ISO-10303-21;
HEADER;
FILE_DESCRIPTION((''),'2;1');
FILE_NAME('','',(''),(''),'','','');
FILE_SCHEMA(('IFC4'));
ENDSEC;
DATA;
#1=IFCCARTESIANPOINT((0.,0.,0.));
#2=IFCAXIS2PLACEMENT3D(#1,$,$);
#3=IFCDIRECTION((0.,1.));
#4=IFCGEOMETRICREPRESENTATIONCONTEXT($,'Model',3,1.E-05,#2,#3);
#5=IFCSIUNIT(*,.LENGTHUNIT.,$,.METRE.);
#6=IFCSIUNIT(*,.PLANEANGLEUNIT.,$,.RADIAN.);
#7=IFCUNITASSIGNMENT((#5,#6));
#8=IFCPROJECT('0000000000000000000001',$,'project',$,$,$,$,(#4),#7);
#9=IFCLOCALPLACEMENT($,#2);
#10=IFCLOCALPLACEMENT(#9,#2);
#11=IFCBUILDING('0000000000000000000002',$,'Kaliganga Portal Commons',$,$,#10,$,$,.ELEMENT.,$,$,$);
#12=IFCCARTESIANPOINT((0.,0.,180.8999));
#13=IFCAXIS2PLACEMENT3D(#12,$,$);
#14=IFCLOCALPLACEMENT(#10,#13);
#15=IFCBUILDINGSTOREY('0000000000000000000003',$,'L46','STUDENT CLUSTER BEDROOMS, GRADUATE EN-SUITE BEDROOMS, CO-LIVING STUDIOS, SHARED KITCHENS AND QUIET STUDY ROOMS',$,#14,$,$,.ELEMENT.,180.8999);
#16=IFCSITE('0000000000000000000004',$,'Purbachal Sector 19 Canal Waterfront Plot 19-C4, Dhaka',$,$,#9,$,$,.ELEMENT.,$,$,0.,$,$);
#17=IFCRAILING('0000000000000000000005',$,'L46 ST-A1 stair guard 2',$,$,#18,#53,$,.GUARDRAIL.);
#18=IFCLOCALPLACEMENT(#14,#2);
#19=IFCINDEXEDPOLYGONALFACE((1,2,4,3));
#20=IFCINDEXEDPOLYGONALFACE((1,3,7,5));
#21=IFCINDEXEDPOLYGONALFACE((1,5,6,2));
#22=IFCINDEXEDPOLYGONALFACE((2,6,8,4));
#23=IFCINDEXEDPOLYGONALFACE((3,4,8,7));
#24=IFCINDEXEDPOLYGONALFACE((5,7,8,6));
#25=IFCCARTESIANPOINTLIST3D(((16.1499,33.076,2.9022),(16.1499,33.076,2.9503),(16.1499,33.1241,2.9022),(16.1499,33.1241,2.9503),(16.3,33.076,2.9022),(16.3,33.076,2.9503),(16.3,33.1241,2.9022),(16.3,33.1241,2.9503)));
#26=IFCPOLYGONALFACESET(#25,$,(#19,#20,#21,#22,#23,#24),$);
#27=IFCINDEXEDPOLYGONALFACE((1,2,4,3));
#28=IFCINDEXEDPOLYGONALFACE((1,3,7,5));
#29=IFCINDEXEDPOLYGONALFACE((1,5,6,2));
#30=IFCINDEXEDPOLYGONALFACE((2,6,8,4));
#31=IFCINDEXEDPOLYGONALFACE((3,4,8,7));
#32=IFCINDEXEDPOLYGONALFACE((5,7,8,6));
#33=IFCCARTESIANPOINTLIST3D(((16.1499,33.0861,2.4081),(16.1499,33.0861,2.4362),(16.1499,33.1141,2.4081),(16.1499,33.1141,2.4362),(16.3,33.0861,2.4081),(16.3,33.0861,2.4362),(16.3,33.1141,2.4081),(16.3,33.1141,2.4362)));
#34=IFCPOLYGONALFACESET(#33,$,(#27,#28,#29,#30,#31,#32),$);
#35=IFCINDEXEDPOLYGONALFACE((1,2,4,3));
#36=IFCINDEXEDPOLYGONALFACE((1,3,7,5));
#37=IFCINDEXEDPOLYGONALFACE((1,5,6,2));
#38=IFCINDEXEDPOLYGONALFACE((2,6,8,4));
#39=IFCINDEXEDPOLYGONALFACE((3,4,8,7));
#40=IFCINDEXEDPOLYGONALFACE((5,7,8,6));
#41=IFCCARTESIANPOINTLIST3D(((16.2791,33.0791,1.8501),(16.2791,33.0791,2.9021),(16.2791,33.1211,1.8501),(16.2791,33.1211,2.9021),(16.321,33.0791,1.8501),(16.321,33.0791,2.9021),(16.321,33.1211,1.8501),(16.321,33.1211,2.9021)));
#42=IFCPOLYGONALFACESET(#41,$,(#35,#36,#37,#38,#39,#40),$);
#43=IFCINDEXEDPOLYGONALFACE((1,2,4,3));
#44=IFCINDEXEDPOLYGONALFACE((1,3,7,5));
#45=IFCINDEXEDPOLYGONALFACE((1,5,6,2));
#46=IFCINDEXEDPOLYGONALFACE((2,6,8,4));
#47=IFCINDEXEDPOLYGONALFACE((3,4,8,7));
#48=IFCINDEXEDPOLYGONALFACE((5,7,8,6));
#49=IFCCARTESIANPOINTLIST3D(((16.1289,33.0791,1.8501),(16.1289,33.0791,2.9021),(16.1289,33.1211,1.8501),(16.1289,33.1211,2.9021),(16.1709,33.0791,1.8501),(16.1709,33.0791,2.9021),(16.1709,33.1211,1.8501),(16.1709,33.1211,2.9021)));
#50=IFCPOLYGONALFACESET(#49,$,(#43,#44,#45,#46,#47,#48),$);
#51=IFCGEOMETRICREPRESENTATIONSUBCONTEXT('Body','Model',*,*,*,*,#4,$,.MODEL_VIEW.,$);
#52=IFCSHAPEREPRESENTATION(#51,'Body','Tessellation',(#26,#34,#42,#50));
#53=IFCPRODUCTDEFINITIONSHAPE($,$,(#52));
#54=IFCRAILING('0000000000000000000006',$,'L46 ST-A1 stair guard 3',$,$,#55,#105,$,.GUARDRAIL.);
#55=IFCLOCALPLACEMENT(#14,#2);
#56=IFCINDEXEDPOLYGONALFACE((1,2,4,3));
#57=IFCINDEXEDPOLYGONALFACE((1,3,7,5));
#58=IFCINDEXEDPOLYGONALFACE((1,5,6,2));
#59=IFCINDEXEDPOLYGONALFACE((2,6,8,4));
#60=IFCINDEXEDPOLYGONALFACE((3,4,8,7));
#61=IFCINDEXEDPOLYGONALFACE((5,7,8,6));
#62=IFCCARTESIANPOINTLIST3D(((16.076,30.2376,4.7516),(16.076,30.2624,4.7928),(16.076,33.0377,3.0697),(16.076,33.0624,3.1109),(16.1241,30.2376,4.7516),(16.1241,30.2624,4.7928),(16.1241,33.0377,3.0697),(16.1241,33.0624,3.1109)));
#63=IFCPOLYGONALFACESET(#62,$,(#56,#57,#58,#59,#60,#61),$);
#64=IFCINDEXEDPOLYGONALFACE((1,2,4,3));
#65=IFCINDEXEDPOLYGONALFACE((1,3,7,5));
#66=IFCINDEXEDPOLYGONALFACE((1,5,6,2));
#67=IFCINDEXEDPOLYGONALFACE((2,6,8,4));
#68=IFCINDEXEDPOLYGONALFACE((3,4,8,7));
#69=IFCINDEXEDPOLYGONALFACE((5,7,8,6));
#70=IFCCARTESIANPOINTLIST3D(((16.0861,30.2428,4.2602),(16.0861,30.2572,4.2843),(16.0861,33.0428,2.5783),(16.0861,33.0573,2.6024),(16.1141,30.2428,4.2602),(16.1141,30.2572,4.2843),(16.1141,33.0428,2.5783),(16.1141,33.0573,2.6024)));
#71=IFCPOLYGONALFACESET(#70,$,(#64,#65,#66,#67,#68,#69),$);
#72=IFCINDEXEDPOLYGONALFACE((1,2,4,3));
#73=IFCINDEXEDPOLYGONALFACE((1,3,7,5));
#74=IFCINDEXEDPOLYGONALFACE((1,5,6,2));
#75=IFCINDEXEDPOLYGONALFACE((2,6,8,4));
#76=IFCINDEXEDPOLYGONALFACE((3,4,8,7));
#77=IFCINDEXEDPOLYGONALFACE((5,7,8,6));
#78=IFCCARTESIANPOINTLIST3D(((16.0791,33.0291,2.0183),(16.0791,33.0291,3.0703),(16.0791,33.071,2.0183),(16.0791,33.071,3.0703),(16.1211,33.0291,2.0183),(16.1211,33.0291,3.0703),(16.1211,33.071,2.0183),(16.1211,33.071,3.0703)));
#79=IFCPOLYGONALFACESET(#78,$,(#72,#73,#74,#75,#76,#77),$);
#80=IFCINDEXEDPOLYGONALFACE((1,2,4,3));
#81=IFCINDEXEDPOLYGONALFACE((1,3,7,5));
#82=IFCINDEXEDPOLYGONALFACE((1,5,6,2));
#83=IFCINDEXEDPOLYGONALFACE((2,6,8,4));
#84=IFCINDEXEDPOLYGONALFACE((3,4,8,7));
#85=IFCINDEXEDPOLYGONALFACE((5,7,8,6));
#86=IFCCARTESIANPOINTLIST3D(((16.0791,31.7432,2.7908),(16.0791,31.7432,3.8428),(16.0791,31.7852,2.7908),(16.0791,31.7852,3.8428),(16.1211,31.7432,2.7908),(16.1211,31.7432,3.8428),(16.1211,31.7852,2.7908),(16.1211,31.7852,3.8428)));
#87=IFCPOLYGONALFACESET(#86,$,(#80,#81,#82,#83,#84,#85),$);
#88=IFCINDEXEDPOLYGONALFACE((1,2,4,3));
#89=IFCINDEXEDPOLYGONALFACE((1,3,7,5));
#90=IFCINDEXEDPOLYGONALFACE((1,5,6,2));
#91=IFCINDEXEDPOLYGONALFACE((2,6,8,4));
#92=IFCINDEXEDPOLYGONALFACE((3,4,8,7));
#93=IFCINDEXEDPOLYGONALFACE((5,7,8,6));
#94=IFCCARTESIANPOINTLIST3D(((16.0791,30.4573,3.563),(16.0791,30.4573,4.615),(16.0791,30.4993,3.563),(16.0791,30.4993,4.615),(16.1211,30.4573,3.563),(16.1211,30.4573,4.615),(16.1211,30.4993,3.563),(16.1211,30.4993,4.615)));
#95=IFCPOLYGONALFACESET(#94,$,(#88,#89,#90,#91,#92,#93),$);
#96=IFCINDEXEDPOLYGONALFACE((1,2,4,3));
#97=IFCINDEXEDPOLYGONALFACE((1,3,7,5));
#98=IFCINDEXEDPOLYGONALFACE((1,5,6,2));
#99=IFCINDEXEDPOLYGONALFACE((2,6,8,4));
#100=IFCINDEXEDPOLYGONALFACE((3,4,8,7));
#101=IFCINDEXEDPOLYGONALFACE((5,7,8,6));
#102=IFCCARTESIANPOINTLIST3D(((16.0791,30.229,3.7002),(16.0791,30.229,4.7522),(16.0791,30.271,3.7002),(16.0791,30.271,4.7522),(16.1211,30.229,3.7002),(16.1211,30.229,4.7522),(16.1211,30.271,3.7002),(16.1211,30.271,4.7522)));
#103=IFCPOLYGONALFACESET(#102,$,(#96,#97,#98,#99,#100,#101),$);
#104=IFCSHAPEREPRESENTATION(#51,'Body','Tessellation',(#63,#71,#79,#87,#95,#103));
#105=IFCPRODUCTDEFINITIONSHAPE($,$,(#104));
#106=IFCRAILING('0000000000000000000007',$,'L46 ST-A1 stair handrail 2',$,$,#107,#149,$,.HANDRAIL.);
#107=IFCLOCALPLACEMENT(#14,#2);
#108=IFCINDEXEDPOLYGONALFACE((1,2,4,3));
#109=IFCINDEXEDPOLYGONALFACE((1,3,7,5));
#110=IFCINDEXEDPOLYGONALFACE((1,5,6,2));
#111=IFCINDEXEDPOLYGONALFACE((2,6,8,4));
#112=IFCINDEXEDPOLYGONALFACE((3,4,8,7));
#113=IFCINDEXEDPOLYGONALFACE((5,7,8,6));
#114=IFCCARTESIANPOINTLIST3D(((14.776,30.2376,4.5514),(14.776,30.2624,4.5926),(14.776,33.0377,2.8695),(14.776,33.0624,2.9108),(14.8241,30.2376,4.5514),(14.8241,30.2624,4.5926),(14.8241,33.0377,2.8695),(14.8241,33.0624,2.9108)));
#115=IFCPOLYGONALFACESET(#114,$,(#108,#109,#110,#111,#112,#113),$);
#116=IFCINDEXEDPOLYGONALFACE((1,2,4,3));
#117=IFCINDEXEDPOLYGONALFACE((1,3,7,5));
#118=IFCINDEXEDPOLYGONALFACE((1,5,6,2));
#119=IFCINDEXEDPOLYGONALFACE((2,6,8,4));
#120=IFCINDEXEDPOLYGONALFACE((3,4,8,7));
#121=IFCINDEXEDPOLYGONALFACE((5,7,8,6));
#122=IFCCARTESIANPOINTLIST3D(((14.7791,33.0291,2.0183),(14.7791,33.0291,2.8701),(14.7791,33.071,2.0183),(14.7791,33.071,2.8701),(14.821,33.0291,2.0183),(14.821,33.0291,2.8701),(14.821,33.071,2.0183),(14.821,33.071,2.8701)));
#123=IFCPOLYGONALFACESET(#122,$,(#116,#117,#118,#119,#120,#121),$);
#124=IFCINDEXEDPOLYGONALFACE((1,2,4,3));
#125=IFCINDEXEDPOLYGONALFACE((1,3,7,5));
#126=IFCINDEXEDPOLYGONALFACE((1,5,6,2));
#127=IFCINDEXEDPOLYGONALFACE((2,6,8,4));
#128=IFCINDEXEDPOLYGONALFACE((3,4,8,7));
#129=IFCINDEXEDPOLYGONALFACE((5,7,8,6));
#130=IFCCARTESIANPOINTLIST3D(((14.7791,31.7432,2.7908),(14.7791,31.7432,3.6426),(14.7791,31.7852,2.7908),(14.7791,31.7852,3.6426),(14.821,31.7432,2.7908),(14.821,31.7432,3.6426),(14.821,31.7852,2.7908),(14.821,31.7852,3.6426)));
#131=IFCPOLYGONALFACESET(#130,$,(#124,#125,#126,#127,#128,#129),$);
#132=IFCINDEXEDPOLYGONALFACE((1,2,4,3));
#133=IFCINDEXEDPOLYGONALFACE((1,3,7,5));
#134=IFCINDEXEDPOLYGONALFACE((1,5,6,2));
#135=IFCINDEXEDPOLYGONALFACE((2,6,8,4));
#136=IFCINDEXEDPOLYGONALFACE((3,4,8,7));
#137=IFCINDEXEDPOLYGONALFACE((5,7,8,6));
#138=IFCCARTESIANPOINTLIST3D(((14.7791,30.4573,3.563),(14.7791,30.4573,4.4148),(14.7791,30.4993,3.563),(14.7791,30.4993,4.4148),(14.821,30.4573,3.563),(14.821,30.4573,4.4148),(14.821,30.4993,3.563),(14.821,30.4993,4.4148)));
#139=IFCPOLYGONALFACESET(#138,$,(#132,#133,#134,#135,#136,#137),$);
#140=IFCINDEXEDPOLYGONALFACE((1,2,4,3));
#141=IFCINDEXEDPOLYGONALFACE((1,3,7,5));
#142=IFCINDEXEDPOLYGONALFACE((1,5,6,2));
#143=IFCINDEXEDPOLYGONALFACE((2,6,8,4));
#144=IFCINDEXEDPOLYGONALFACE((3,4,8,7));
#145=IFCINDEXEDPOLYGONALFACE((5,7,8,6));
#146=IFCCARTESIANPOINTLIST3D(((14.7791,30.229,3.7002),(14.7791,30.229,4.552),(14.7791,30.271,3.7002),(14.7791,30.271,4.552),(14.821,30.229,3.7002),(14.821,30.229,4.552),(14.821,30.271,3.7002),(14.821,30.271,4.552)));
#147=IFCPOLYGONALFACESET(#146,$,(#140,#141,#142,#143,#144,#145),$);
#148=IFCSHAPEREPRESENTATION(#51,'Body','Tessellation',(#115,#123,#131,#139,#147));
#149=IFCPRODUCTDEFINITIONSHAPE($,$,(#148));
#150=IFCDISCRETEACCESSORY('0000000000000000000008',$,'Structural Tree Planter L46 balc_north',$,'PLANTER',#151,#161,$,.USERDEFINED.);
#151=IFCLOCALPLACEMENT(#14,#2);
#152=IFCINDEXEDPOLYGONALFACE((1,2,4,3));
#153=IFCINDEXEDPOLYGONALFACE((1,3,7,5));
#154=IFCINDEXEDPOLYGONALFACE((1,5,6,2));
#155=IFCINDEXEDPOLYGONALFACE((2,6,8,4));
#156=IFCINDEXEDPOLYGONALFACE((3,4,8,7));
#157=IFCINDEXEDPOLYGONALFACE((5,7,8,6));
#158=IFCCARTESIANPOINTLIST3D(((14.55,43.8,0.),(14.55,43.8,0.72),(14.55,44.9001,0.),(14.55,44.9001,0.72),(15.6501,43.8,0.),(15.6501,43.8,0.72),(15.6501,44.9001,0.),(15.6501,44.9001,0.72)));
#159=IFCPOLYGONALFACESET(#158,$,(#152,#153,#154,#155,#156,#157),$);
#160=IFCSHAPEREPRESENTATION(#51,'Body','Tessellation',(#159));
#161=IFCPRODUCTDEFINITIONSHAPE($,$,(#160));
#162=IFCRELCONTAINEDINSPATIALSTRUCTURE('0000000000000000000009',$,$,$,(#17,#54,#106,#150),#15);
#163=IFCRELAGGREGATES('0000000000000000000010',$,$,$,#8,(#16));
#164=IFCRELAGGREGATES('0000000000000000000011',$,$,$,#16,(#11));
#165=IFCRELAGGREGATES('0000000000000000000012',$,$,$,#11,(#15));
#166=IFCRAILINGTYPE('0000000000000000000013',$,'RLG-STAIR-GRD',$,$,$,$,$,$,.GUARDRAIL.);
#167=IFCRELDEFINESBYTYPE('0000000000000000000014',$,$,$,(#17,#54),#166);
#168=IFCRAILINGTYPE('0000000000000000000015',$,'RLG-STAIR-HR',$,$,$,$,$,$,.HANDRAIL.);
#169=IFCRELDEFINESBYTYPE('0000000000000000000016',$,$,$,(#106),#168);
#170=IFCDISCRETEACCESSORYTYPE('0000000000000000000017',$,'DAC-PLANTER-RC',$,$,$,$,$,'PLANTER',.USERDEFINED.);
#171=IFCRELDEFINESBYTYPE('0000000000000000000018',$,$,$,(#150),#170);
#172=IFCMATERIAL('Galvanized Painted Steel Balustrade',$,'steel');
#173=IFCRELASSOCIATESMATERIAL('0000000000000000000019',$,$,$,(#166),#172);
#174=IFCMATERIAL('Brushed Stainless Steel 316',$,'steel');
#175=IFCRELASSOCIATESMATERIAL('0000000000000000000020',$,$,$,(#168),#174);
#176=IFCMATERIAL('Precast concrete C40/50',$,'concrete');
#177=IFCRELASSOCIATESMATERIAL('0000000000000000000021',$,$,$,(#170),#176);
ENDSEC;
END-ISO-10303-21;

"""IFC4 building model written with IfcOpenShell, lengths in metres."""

from ifc_helpers import new_model, si_unit, direction, frame, origin, origin_2d, place, context, subcontext, project, spatial, rectangle, extrude, source, transform, mapped, material, type_object, element, save


model = new_model("IFC4")

# Units and contexts
model_context = context("Model", 3, precision=1e-05, world=origin(), true_north=direction((0.0, 1.0)))
body_context = subcontext(model_context, "Body", "Model", "MODEL_VIEW")
ifc_project = project(units=[si_unit("LENGTHUNIT", "METRE"), si_unit("PLANEANGLEUNIT", "RADIAN")], contexts=[model_context])

# Site, building, storey
site_placement = place(None, origin())
site = spatial("IfcSite", under=ifc_project, at=site_placement, Name="Purbachal Sector 19 Canal Waterfront Plot 19-C4, Dhaka", CompositionType="ELEMENT", RefElevation=0.0)
building_placement = place(site_placement, origin())
building = spatial("IfcBuilding", under=site, at=building_placement, Name="Kaliganga Portal Commons", CompositionType="ELEMENT")
storey_placement = place(building_placement, frame((0.0, 0.0, 180.8999)))
storey = spatial("IfcBuildingStorey", under=building, at=storey_placement, Name="L46", Description="STUDENT CLUSTER BEDROOMS, GRADUATE EN-SUITE BEDROOMS, CO-LIVING STUDIOS, SHARED KITCHENS AND QUIET STUDY ROOMS", CompositionType="ELEMENT", Elevation=180.8999)

# Railings
ifc_material_1 = material(Name="Galvanized Painted Steel Balustrade", Category="steel")
railing_type_1 = type_object("IfcRailingType", Name="RLG-STAIR-GRD", PredefinedType="GUARDRAIL", material=ifc_material_1)
railing_1_placement = place(storey_placement, frame((16.3, 33.1001, 1.8501)))
element("IfcRailing", 1, at=railing_1_placement, inside=storey, type_object=railing_type_1, Name="L46 ST-A1 stair guard 2", PredefinedType="GUARDRAIL", context=body_context, shape_type="SweptSolid", body=[
    extrude(rectangle(XDim=0.0481, YDim=0.0481, at=origin_2d()), frame((0.0, 0.0, 1.0762), z_axis=(-1.0, 0.0, 0.0), x_axis=(0.0, -1.0, 0.0)), (0.0, 0.0, 1.0), 0.1501),
    extrude(rectangle(XDim=0.0281, YDim=0.0281, at=origin_2d()), frame((0.0, 0.0, 0.572), z_axis=(-1.0, 0.0, 0.0), x_axis=(0.0, -1.0, 0.0)), (0.0, 0.0, 1.0), 0.1501),
    extrude(rectangle(XDim=0.042, YDim=0.042, at=origin_2d()), origin(), (0.0, 0.0, 1.0), 1.052),
    extrude(rectangle(XDim=0.042, YDim=0.042, at=origin_2d()), frame((-0.1501, 0.0, 0.0)), (0.0, 0.0, 1.0), 1.052),
])
railing_2_placement = place(storey_placement, frame((16.1001, 33.05, 2.0183)))
element("IfcRailing", 2, at=railing_2_placement, inside=storey, type_object=railing_type_1, Name="L46 ST-A1 stair guard 3", PredefinedType="GUARDRAIL", context=body_context, shape_type="SweptSolid", body=[
    extrude(rectangle(XDim=0.0481, YDim=0.0481, at=origin_2d()), frame((0.0, 0.0, 1.072), z_axis=(0.0, -0.857242, 0.514913), x_axis=(1.0, 0.0, 0.0)), (0.0, 0.0, 1.0), 3.2664),
    extrude(rectangle(XDim=0.0281, YDim=0.0281, at=origin_2d()), frame((0.0, 0.0, 0.572), z_axis=(0.0, -0.857242, 0.514913), x_axis=(1.0, 0.0, 0.0)), (0.0, 0.0, 1.0), 3.2664),
    extrude(rectangle(XDim=0.042, YDim=0.042, at=origin_2d()), origin(), (0.0, 0.0, 1.0), 1.052),
    extrude(rectangle(XDim=0.042, YDim=0.042, at=origin_2d()), frame((0.0, -1.2859, 0.7725)), (0.0, 0.0, 1.0), 1.052),
    extrude(rectangle(XDim=0.042, YDim=0.042, at=origin_2d()), frame((0.0, -2.5718, 1.5447)), (0.0, 0.0, 1.0), 1.052),
    extrude(rectangle(XDim=0.042, YDim=0.042, at=origin_2d()), frame((0.0, -2.8, 1.6819)), (0.0, 0.0, 1.0), 1.052),
])
ifc_material_2 = material(Name="Brushed Stainless Steel 316", Category="steel")
railing_type_2 = type_object("IfcRailingType", Name="RLG-STAIR-HR", PredefinedType="HANDRAIL", material=ifc_material_2)
railing_3_placement = place(storey_placement, frame((14.8, 33.05, 2.0183)))
element("IfcRailing", 3, at=railing_3_placement, inside=storey, type_object=railing_type_2, Name="L46 ST-A1 stair handrail 2", PredefinedType="HANDRAIL", context=body_context, shape_type="SweptSolid", body=[
    extrude(rectangle(XDim=0.0481, YDim=0.0481, at=origin_2d()), frame((0.0, 0.0, 0.8718), z_axis=(0.0, -0.857242, 0.514913), x_axis=(1.0, 0.0, 0.0)), (0.0, 0.0, 1.0), 3.2664),
    extrude(rectangle(XDim=0.042, YDim=0.042, at=origin_2d()), origin(), (0.0, 0.0, 1.0), 0.8518),
    extrude(rectangle(XDim=0.042, YDim=0.042, at=origin_2d()), frame((0.0, -1.2859, 0.7725)), (0.0, 0.0, 1.0), 0.8518),
    extrude(rectangle(XDim=0.042, YDim=0.042, at=origin_2d()), frame((0.0, -2.5718, 1.5447)), (0.0, 0.0, 1.0), 0.8518),
    extrude(rectangle(XDim=0.042, YDim=0.042, at=origin_2d()), frame((0.0, -2.8, 1.6819)), (0.0, 0.0, 1.0), 0.8518),
])

# Discrete accessory
ifc_material_3 = material(Name="Precast concrete C40/50", Category="concrete")
discrete_accessory_type = type_object("IfcDiscreteAccessoryType", Name="DAC-PLANTER-RC", ElementType="PLANTER", PredefinedType="USERDEFINED", material=ifc_material_3)
shared_shape_1 = source(origin(), body_context, "Body", "SweptSolid", [
    extrude(rectangle(XDim=1.1001, YDim=1.1001, at=origin_2d()), origin(), (0.0, 0.0, 1.0), 0.72),
])
discrete_accessory_placement = place(storey_placement, frame((15.1001, 44.3501, 0.0), z_axis=(0.0, 0.0, 1.0), x_axis=(1.0, 0.0, 0.0)))
element("IfcDiscreteAccessory", 4, at=discrete_accessory_placement, inside=storey, type_object=discrete_accessory_type, Name="Structural Tree Planter L46 balc_north", ObjectType="PLANTER", PredefinedType="USERDEFINED", context=body_context, shape_type="MappedRepresentation", body=[
    mapped(shared_shape_1, transform((0.0, 0.0, 0.0), x_axis=(1.0, 0.0, 0.0), y_axis=(0.0, 1.0, 0.0), z_axis=(0.0, 0.0, 1.0), scale=1.0)),
])

save(model, "model.ifc")
